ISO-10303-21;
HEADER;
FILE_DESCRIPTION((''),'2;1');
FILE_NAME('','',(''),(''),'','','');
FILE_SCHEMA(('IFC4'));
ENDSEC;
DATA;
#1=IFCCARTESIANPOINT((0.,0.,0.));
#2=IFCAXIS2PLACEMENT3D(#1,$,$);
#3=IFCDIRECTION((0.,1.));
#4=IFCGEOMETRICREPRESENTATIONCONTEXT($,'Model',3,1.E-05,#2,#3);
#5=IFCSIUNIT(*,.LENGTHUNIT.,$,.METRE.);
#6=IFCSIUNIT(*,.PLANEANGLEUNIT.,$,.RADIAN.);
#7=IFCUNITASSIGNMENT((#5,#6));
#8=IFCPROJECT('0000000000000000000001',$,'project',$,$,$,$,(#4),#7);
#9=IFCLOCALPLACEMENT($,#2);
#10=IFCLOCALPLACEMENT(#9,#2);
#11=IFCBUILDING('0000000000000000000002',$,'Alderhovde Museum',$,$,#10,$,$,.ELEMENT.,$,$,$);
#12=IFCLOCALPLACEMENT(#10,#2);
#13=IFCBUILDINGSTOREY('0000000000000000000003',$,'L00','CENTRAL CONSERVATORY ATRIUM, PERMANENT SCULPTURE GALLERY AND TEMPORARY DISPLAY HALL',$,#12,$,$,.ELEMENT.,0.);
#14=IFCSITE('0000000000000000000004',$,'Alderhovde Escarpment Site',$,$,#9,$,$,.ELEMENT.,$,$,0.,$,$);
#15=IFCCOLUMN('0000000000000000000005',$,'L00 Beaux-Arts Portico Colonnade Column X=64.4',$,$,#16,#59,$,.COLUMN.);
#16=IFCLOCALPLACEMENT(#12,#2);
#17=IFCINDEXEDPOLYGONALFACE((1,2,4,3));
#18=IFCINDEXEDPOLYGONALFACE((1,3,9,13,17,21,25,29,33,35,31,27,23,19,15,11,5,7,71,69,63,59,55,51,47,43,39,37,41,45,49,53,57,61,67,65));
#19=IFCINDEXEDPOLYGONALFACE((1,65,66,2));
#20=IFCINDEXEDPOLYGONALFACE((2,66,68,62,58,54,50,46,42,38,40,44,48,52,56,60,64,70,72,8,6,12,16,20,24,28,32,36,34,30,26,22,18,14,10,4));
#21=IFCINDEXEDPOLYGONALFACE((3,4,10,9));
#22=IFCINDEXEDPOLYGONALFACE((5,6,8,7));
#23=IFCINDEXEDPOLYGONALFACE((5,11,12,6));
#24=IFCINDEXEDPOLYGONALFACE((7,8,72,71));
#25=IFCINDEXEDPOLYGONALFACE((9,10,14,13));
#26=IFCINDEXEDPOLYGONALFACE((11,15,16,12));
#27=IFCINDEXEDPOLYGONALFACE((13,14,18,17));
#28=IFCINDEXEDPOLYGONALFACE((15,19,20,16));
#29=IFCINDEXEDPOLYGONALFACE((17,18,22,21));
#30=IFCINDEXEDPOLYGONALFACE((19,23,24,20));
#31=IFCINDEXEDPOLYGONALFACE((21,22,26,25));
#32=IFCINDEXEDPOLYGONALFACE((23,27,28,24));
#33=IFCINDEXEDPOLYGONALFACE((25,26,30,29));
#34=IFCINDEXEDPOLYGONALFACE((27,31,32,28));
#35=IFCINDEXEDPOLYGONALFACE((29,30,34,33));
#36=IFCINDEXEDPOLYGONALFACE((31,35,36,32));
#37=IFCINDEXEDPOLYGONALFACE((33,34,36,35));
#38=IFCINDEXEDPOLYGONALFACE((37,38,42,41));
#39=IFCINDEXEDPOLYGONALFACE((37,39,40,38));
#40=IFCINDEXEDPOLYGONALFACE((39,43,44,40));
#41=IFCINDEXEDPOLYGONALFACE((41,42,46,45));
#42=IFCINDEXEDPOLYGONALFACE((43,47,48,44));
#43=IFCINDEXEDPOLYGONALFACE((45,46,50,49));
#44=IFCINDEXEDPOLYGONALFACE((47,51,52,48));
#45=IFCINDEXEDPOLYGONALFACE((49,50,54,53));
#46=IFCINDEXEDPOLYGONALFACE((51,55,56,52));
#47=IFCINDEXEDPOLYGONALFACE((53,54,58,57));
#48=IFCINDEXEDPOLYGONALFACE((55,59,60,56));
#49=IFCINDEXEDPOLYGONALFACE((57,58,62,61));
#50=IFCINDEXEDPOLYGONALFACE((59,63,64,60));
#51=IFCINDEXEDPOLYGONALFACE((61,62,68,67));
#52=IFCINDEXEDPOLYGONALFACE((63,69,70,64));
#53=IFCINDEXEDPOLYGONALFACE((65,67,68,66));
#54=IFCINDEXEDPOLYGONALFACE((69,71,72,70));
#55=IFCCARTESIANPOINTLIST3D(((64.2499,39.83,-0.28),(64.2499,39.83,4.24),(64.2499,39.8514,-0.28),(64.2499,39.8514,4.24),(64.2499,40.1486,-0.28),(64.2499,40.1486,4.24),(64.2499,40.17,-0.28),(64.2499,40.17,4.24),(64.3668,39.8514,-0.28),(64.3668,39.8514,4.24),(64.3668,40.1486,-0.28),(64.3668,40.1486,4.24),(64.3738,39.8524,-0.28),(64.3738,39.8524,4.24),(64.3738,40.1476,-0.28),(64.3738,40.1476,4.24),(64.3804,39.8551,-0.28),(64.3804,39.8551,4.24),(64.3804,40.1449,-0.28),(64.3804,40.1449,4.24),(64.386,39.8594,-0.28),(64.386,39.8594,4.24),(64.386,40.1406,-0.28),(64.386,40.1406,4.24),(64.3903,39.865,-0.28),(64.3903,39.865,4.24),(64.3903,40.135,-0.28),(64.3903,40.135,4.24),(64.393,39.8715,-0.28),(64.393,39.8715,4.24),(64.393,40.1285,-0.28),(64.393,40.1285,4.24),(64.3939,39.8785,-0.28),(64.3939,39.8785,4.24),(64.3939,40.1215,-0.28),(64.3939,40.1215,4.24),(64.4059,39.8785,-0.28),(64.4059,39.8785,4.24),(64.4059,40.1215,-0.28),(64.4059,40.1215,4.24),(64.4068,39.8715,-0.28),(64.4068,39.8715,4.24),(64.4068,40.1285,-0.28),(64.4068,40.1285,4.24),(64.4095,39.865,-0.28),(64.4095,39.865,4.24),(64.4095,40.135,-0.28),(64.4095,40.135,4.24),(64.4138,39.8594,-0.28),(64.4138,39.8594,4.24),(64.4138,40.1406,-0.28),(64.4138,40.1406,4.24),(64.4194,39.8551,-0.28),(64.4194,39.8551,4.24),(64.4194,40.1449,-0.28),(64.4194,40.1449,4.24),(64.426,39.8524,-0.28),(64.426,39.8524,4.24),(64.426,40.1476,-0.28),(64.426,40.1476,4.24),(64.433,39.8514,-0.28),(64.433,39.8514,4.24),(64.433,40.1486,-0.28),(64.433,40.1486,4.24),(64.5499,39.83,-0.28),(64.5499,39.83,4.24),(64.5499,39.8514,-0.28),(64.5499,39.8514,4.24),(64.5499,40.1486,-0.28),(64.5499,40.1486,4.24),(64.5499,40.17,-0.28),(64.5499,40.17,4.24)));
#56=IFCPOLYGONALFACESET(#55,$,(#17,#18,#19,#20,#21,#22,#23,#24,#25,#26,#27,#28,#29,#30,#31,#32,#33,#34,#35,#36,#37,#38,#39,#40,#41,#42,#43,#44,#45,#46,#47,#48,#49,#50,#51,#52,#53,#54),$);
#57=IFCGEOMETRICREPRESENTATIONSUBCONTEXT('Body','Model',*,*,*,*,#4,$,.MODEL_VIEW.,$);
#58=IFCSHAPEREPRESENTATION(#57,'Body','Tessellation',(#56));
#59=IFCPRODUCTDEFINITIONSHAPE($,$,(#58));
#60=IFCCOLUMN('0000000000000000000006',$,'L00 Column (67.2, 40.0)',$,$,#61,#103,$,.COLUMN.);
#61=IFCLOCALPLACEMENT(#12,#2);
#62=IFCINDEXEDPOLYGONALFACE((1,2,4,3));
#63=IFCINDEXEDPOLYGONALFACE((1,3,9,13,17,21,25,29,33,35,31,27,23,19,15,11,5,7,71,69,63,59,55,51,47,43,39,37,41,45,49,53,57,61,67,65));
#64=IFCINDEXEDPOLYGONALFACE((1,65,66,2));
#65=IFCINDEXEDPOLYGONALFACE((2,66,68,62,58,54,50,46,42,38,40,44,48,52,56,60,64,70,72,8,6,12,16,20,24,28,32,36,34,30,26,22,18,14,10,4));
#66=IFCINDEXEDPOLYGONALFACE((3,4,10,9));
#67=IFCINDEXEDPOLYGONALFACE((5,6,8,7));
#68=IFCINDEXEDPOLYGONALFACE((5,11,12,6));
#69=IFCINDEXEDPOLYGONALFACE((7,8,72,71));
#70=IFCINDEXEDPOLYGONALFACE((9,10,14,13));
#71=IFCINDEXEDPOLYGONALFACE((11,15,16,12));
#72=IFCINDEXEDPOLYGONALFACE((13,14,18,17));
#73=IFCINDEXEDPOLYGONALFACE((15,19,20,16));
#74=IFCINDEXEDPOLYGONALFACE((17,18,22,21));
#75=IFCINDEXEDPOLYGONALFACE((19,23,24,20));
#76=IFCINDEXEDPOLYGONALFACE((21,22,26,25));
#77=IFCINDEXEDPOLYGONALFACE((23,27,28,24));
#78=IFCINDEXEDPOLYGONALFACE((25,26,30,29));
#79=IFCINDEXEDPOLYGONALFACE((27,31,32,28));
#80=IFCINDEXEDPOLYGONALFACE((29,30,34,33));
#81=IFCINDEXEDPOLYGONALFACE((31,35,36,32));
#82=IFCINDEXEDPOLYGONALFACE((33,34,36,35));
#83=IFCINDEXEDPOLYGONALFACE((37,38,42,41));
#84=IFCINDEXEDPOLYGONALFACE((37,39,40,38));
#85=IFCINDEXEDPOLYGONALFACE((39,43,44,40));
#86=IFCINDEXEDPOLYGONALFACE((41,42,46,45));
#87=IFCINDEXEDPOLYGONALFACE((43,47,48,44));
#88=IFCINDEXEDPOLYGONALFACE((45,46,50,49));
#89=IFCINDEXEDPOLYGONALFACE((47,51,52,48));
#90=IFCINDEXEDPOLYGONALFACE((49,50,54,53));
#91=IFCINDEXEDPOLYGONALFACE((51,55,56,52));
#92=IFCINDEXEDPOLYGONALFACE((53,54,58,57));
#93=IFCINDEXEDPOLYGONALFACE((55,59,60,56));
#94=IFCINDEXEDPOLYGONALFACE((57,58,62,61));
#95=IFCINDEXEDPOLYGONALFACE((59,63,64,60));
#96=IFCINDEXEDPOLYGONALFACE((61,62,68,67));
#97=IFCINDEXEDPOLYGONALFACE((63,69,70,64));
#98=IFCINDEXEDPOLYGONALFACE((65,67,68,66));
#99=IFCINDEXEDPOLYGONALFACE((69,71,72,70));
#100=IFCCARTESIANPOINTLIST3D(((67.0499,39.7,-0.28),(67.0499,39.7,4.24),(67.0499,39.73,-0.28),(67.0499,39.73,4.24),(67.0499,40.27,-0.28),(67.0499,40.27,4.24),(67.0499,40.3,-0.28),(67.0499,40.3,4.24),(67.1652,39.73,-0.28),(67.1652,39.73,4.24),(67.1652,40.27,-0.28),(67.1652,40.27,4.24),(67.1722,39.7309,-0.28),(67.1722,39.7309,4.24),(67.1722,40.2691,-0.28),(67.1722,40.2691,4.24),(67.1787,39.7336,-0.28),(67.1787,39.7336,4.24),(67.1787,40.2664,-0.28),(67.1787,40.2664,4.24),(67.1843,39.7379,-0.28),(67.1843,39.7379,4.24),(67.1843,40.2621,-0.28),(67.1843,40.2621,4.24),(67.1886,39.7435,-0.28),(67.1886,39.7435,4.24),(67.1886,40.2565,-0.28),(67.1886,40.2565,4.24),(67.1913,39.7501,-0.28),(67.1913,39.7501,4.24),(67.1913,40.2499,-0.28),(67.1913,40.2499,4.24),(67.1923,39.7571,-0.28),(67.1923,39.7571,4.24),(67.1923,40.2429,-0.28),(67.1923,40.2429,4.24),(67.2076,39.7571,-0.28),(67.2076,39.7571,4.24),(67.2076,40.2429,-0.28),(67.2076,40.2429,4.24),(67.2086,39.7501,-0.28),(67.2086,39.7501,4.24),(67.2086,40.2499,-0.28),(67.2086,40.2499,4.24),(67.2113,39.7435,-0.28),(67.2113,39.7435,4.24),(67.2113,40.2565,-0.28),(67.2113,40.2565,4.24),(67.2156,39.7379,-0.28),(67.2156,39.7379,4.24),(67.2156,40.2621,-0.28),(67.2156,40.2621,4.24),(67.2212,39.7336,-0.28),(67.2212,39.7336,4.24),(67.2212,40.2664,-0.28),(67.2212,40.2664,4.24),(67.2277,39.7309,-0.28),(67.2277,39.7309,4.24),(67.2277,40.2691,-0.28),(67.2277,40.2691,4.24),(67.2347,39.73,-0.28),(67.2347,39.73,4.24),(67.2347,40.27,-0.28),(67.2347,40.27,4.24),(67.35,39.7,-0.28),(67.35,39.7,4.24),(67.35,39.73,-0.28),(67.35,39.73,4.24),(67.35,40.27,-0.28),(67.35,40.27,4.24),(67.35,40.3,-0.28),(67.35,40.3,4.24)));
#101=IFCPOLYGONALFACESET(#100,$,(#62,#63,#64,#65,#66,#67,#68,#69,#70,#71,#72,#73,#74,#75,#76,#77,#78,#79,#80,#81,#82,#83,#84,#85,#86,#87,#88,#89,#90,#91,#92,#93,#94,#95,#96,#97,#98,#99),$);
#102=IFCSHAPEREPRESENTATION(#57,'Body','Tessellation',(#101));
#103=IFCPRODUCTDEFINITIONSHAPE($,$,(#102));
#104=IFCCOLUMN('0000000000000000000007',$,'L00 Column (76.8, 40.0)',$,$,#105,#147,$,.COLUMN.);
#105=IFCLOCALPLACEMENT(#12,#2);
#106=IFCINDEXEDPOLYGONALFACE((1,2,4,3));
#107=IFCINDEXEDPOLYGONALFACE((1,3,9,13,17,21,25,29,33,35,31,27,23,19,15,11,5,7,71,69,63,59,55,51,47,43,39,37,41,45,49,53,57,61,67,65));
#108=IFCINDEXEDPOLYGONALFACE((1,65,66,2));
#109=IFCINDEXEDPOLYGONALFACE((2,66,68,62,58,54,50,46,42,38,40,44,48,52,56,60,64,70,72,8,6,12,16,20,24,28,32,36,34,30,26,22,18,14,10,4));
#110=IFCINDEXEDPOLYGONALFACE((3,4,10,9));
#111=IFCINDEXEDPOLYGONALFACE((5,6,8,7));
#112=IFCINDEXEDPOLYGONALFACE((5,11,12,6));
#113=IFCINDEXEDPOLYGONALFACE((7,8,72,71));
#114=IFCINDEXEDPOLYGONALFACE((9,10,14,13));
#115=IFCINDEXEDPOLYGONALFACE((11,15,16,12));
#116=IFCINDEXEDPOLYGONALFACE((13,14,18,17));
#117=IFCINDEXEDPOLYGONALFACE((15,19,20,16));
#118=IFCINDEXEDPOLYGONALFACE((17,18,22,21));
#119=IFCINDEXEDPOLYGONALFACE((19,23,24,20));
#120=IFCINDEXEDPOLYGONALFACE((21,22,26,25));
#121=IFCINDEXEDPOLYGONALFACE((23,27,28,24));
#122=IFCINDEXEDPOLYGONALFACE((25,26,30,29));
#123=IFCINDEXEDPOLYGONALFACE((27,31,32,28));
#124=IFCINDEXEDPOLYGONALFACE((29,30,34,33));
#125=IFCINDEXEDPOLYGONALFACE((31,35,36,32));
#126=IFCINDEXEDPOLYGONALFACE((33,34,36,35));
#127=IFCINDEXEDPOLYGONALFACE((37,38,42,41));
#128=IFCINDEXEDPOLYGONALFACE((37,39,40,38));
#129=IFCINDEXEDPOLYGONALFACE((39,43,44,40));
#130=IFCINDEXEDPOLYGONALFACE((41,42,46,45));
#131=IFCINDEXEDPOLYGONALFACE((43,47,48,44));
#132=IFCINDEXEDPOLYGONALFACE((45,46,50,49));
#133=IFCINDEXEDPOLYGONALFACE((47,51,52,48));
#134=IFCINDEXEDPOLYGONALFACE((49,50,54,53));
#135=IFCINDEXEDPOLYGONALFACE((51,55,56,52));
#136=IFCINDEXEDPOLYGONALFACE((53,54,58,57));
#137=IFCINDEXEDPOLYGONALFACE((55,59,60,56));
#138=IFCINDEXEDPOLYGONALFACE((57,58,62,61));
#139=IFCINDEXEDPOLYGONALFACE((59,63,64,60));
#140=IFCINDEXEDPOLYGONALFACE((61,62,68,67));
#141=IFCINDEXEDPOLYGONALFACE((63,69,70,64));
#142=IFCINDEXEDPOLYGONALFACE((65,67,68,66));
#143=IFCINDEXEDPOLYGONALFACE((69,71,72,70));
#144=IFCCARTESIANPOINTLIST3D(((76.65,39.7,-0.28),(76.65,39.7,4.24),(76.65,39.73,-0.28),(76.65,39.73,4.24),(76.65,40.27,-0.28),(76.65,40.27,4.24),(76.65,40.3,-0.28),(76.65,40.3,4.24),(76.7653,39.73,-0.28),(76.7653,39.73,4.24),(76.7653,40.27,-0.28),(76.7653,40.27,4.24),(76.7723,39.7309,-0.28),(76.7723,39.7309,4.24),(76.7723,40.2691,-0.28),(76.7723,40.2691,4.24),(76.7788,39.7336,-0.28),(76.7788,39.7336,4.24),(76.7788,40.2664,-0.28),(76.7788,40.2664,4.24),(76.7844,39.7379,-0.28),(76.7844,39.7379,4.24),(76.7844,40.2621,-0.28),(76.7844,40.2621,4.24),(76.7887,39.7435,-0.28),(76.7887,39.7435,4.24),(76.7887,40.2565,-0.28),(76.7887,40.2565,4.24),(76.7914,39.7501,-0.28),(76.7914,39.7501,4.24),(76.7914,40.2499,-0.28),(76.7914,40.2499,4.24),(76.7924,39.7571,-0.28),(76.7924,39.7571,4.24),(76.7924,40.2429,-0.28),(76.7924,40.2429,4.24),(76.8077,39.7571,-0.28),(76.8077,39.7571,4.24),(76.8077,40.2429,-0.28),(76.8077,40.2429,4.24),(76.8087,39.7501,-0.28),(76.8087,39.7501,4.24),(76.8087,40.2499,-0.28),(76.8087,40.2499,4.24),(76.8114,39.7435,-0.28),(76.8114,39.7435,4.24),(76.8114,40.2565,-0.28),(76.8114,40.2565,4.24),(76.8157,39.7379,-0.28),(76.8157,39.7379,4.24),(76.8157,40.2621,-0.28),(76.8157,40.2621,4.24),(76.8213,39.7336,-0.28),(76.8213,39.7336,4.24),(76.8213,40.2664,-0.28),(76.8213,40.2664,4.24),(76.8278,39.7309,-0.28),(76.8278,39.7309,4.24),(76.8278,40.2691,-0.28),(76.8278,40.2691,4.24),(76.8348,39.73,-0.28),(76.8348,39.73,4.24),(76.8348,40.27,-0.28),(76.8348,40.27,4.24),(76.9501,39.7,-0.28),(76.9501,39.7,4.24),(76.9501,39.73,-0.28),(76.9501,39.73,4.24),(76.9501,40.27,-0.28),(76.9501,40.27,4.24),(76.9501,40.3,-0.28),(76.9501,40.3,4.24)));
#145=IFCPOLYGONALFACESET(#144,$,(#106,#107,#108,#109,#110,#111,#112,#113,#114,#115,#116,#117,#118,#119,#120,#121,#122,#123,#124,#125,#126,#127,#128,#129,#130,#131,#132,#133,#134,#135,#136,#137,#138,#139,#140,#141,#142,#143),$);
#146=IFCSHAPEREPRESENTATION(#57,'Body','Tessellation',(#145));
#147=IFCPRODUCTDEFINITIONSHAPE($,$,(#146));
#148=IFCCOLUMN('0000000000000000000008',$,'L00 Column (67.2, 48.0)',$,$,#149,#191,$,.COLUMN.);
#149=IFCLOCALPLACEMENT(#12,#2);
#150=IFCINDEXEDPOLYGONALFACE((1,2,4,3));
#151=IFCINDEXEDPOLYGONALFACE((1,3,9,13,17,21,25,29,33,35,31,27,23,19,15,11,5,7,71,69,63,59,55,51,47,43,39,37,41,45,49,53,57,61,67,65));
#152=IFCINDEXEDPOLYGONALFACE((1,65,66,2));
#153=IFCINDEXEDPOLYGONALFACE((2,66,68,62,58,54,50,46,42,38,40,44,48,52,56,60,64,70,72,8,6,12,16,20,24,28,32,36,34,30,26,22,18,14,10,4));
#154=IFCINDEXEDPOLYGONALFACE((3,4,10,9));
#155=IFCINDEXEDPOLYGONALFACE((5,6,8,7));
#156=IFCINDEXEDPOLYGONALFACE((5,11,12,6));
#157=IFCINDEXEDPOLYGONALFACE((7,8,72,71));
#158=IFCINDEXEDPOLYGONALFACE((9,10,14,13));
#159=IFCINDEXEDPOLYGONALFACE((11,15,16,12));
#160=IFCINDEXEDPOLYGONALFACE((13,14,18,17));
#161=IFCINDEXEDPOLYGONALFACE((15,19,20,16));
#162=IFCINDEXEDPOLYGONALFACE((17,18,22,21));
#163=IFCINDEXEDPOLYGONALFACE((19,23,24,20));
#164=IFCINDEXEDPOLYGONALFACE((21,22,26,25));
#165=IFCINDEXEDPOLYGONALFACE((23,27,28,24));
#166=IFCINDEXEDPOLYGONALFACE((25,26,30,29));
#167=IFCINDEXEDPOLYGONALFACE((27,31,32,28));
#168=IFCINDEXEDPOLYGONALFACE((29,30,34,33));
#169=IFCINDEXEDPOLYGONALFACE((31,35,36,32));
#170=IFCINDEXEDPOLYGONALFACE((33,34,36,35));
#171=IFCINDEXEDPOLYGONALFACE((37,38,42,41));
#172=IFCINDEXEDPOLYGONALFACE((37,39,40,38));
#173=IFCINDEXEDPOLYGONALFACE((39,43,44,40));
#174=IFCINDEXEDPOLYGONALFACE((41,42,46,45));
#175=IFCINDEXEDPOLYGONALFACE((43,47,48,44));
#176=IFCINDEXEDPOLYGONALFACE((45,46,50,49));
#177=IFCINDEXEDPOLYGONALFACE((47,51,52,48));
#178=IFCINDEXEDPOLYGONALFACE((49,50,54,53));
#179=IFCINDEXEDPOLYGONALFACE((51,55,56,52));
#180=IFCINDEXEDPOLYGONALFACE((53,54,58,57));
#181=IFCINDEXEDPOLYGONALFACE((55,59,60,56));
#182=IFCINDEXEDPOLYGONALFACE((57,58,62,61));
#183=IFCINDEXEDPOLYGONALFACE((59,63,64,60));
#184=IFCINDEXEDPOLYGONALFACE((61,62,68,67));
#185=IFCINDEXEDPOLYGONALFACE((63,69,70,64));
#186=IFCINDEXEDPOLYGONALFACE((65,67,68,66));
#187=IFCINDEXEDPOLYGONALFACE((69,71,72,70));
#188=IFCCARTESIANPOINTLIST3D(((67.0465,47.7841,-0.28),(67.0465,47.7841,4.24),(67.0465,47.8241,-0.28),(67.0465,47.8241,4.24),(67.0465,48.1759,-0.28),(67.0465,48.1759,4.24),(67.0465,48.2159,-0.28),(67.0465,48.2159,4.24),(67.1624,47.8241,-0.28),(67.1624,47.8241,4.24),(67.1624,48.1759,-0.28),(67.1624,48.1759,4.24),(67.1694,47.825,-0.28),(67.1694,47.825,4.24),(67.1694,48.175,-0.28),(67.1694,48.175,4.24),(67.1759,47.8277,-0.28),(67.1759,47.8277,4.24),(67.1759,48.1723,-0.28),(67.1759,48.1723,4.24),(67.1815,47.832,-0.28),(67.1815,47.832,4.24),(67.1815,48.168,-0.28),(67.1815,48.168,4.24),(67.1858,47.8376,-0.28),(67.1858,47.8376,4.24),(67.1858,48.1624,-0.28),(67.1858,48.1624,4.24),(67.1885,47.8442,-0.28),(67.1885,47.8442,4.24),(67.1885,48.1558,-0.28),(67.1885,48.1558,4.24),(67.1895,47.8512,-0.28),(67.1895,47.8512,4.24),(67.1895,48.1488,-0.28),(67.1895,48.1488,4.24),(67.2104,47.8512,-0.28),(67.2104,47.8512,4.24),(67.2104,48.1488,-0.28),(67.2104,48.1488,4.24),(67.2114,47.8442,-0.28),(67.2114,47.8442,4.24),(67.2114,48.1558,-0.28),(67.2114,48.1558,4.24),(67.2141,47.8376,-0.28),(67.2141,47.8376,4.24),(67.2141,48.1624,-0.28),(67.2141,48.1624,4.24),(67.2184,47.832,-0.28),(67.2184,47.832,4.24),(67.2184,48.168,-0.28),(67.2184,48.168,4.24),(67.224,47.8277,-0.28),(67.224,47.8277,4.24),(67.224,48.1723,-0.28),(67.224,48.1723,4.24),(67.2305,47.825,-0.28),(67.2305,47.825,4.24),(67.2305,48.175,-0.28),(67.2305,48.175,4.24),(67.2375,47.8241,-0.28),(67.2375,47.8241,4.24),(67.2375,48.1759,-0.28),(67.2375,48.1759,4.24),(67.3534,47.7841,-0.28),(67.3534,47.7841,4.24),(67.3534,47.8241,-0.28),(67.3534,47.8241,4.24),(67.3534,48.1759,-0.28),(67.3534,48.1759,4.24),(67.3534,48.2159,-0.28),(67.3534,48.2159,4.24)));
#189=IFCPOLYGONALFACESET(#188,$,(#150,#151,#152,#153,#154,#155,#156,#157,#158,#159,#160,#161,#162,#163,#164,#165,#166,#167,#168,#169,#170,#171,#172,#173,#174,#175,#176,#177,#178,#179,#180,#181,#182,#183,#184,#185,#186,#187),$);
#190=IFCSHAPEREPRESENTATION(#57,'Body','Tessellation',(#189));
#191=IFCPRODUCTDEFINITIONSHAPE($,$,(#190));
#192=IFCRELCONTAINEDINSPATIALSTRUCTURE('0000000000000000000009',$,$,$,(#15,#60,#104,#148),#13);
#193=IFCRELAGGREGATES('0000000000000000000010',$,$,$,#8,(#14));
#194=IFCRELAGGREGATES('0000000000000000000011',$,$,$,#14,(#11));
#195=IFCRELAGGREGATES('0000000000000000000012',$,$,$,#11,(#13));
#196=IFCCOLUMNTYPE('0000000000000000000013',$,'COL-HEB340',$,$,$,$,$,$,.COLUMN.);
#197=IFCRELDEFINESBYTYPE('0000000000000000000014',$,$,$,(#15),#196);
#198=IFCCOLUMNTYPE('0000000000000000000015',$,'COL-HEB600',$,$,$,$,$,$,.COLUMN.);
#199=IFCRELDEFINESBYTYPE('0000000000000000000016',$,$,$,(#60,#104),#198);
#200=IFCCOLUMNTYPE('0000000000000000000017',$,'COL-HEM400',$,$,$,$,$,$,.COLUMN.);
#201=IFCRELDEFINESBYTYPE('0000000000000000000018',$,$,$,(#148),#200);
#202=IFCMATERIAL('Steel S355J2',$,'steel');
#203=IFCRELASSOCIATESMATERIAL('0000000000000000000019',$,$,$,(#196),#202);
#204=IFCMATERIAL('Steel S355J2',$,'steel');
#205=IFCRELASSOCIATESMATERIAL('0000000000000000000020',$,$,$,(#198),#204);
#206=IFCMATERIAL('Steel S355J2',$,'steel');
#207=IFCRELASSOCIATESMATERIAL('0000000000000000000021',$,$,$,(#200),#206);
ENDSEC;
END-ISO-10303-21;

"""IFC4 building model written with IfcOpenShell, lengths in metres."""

from ifc_helpers import new_model, si_unit, direction, frame, origin, origin_2d, place, context, subcontext, project, spatial, i_section, extrude, material, material_profile, profile_set, type_object, element, save


model = new_model("IFC4")

# Units and contexts
model_context = context("Model", 3, precision=1e-05, world=origin(), true_north=direction((0.0, 1.0)))
body_context = subcontext(model_context, "Body", "Model", "MODEL_VIEW")
ifc_project = project(units=[si_unit("LENGTHUNIT", "METRE"), si_unit("PLANEANGLEUNIT", "RADIAN")], contexts=[model_context])

# Site, building, storey
site_placement = place(None, origin())
site = spatial("IfcSite", under=ifc_project, at=site_placement, Name="Alderhovde Escarpment Site", CompositionType="ELEMENT", RefElevation=0.0)
building_placement = place(site_placement, origin())
building = spatial("IfcBuilding", under=site, at=building_placement, Name="Alderhovde Museum", CompositionType="ELEMENT")
storey_placement = place(building_placement, origin())
storey = spatial("IfcBuildingStorey", under=building, at=storey_placement, Name="L00", Description="CENTRAL CONSERVATORY ATRIUM, PERMANENT SCULPTURE GALLERY AND TEMPORARY DISPLAY HALL", CompositionType="ELEMENT", Elevation=0.0)

# Columns
ifc_material_1 = material(Name="Steel S355J2", Category="steel")
ifc_material_profile_1 = material_profile(ifc_material_1, i_section(OverallWidth=0.3, OverallDepth=0.3401, WebThickness=0.012, FlangeThickness=0.0215, FilletRadius=0.0271, at=origin_2d()), Name="HEB 340")
ifc_profile_set_1 = profile_set([ifc_material_profile_1], Name="Steel S355J2")
column_type_1 = type_object("IfcColumnType", Name="COL-HEB340", PredefinedType="COLUMN", material=ifc_profile_set_1)
column_placement = place(storey_placement, frame((64.3999, 40.0, -0.28), z_axis=(0.0, 0.0, 1.0), x_axis=(1.0, 0.0, 0.0)))
element("IfcColumn", 1, at=column_placement, inside=storey, type_object=column_type_1, Name="L00 Beaux-Arts Portico Colonnade Column X=64.4", PredefinedType="COLUMN", context=body_context, shape_type="SweptSolid", body=[
    extrude(i_section(OverallWidth=0.3, OverallDepth=0.3401, WebThickness=0.012, FlangeThickness=0.0215, FilletRadius=0.0271, at=origin_2d()), origin(), (0.0, 0.0, 1.0), 4.52),
])
ifc_material_2 = material(Name="Steel S355J2", Category="steel")
ifc_material_profile_2 = material_profile(ifc_material_2, i_section(OverallWidth=0.3, OverallDepth=0.6001, WebThickness=0.0154, FlangeThickness=0.03, FilletRadius=0.0271, at=origin_2d()), Name="HEB 600")
ifc_profile_set_2 = profile_set([ifc_material_profile_2], Name="Steel S355J2")
column_type_2 = type_object("IfcColumnType", Name="COL-HEB600", PredefinedType="COLUMN", material=ifc_profile_set_2)
for number, where, z_axis, x_axis, name in (
    (2, (67.2, 40.0, -0.28), (0.0, 0.0, 1.0), (1.0, 0.0, 0.0), "L00 Column (67.2, 40.0)"),
    (3, (76.8, 40.0, -0.28), (0.0, 0.0, 1.0), (1.0, 0.0, 0.0), "L00 Column (76.8, 40.0)"),
):
    element("IfcColumn", number, at=place(storey_placement, frame(where, z_axis=z_axis, x_axis=x_axis)), inside=storey, type_object=column_type_2, Name=name, PredefinedType="COLUMN", context=body_context, shape_type="SweptSolid", body=[
        extrude(i_section(OverallWidth=0.3, OverallDepth=0.6001, WebThickness=0.0154, FlangeThickness=0.03, FilletRadius=0.0271, at=origin_2d()), origin(), (0.0, 0.0, 1.0), 4.52),
    ])
ifc_material_3 = material(Name="Steel S355J2", Category="steel")
ifc_material_profile_3 = material_profile(ifc_material_3, i_section(OverallWidth=0.3069, OverallDepth=0.4319, WebThickness=0.021, FlangeThickness=0.04, FilletRadius=0.0271, at=origin_2d()), Name="HEM 400")
ifc_profile_set_3 = profile_set([ifc_material_profile_3], Name="Steel S355J2")
column_type_3 = type_object("IfcColumnType", Name="COL-HEM400", PredefinedType="COLUMN", material=ifc_profile_set_3)
for number, where, z_axis, x_axis, name in (
    (4, (67.2, 48.0, -0.28), (0.0, 0.0, 1.0), (1.0, 0.0, 0.0), "L00 Column (67.2, 48.0)"),
):
    element("IfcColumn", number, at=place(storey_placement, frame(where, z_axis=z_axis, x_axis=x_axis)), inside=storey, type_object=column_type_3, Name=name, PredefinedType="COLUMN", context=body_context, shape_type="SweptSolid", body=[
        extrude(i_section(OverallWidth=0.3069, OverallDepth=0.4319, WebThickness=0.021, FlangeThickness=0.04, FilletRadius=0.0271, at=origin_2d()), origin(), (0.0, 0.0, 1.0), 4.52),
    ])

save(model, "model.ifc")
